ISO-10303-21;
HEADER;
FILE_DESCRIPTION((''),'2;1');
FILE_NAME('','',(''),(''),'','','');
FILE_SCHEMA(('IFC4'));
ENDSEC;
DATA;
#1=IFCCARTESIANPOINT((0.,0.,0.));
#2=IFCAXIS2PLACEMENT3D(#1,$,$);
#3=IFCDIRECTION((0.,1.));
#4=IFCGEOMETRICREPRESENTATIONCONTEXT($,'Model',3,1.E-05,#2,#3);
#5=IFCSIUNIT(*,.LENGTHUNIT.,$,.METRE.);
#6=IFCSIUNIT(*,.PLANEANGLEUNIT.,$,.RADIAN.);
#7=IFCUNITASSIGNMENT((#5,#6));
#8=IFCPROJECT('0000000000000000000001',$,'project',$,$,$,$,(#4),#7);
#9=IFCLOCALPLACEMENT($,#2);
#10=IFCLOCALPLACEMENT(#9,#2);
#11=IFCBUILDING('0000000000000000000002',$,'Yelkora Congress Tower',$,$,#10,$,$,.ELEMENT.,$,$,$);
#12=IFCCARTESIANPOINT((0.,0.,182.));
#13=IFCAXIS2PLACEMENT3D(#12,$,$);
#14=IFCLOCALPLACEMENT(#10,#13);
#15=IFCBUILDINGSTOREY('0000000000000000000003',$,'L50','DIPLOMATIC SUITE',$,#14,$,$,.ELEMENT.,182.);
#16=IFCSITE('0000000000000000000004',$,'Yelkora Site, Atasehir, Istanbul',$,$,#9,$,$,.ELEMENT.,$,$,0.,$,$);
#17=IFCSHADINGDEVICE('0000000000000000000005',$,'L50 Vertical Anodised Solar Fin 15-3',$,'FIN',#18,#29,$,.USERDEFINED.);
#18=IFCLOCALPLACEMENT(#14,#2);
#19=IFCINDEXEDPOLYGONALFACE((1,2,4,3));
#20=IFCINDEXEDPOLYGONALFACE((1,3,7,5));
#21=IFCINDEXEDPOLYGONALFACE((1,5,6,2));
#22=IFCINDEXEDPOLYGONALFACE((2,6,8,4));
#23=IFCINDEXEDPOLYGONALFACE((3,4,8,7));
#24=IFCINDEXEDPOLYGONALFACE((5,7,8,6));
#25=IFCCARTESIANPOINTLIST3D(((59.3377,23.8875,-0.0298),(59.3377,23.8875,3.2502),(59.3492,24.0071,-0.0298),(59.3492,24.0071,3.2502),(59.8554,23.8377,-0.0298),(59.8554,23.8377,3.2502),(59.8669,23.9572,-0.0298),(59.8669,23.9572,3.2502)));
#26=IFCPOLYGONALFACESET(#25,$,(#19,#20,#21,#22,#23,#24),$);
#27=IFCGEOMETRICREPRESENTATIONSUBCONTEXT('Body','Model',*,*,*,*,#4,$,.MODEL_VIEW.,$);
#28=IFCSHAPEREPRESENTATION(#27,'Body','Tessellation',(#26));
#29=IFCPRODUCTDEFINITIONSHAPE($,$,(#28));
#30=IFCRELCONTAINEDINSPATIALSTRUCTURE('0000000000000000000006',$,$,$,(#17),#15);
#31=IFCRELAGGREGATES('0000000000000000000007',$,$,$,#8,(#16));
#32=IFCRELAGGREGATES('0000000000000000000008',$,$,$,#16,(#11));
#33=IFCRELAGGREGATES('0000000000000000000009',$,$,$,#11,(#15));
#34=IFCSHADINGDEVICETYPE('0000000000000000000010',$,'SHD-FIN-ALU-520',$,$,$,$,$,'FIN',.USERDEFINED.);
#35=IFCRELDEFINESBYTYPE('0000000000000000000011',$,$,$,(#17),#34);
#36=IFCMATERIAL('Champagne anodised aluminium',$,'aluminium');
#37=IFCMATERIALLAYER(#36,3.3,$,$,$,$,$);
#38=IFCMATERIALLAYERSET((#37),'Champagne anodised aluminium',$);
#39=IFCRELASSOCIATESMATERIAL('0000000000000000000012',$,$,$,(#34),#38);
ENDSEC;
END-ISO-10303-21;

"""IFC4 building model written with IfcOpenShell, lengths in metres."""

from ifc_helpers import new_model, si_unit, direction, frame, origin, origin_2d, place, context, subcontext, project, spatial, rectangle, extrude, material, layer, layer_set, type_object, element, save


model = new_model("IFC4")

# Units and contexts
model_context = context("Model", 3, precision=1e-05, world=origin(), true_north=direction((0.0, 1.0)))
body_context = subcontext(model_context, "Body", "Model", "MODEL_VIEW")
ifc_project = project(units=[si_unit("LENGTHUNIT", "METRE"), si_unit("PLANEANGLEUNIT", "RADIAN")], contexts=[model_context])

# Site, building, storey
site_placement = place(None, origin())
site = spatial("IfcSite", under=ifc_project, at=site_placement, Name="Yelkora Site, Atasehir, Istanbul", CompositionType="ELEMENT", RefElevation=0.0)
building_placement = place(site_placement, origin())
building = spatial("IfcBuilding", under=site, at=building_placement, Name="Yelkora Congress Tower", CompositionType="ELEMENT")
storey_placement = place(building_placement, frame((0.0, 0.0, 182.0)))
storey = spatial("IfcBuildingStorey", under=building, at=storey_placement, Name="L50", Description="DIPLOMATIC SUITE", CompositionType="ELEMENT", Elevation=182.0)

# Shading device
ifc_material_1 = material(Name="Champagne anodised aluminium", Category="aluminium")
ifc_layer_1 = layer(ifc_material_1, 3.3)
ifc_layer_set_1 = layer_set([ifc_layer_1], Name="Champagne anodised aluminium")
shading_device_type = type_object("IfcShadingDeviceType", Name="SHD-FIN-ALU-520", ElementType="FIN", PredefinedType="USERDEFINED", material=ifc_layer_set_1)
for number, where, z_axis, x_axis, name in (
    (1, (59.6023, 23.9224, -0.0298), (0.0, 0.0, 1.0), (-0.095846, -0.995396, 0.0), "L50 Vertical Anodised Solar Fin 15-3"),
):
    element("IfcShadingDevice", number, at=place(storey_placement, frame(where, z_axis=z_axis, x_axis=x_axis)), inside=storey, type_object=shading_device_type, Name=name, ObjectType="FIN", PredefinedType="USERDEFINED", context=body_context, shape_type="SweptSolid", body=[
        extrude(rectangle(XDim=0.1201, YDim=0.52, at=origin_2d()), origin(), (0.0, 0.0, 1.0), 3.28),
    ])

save(model, "model.ifc")
